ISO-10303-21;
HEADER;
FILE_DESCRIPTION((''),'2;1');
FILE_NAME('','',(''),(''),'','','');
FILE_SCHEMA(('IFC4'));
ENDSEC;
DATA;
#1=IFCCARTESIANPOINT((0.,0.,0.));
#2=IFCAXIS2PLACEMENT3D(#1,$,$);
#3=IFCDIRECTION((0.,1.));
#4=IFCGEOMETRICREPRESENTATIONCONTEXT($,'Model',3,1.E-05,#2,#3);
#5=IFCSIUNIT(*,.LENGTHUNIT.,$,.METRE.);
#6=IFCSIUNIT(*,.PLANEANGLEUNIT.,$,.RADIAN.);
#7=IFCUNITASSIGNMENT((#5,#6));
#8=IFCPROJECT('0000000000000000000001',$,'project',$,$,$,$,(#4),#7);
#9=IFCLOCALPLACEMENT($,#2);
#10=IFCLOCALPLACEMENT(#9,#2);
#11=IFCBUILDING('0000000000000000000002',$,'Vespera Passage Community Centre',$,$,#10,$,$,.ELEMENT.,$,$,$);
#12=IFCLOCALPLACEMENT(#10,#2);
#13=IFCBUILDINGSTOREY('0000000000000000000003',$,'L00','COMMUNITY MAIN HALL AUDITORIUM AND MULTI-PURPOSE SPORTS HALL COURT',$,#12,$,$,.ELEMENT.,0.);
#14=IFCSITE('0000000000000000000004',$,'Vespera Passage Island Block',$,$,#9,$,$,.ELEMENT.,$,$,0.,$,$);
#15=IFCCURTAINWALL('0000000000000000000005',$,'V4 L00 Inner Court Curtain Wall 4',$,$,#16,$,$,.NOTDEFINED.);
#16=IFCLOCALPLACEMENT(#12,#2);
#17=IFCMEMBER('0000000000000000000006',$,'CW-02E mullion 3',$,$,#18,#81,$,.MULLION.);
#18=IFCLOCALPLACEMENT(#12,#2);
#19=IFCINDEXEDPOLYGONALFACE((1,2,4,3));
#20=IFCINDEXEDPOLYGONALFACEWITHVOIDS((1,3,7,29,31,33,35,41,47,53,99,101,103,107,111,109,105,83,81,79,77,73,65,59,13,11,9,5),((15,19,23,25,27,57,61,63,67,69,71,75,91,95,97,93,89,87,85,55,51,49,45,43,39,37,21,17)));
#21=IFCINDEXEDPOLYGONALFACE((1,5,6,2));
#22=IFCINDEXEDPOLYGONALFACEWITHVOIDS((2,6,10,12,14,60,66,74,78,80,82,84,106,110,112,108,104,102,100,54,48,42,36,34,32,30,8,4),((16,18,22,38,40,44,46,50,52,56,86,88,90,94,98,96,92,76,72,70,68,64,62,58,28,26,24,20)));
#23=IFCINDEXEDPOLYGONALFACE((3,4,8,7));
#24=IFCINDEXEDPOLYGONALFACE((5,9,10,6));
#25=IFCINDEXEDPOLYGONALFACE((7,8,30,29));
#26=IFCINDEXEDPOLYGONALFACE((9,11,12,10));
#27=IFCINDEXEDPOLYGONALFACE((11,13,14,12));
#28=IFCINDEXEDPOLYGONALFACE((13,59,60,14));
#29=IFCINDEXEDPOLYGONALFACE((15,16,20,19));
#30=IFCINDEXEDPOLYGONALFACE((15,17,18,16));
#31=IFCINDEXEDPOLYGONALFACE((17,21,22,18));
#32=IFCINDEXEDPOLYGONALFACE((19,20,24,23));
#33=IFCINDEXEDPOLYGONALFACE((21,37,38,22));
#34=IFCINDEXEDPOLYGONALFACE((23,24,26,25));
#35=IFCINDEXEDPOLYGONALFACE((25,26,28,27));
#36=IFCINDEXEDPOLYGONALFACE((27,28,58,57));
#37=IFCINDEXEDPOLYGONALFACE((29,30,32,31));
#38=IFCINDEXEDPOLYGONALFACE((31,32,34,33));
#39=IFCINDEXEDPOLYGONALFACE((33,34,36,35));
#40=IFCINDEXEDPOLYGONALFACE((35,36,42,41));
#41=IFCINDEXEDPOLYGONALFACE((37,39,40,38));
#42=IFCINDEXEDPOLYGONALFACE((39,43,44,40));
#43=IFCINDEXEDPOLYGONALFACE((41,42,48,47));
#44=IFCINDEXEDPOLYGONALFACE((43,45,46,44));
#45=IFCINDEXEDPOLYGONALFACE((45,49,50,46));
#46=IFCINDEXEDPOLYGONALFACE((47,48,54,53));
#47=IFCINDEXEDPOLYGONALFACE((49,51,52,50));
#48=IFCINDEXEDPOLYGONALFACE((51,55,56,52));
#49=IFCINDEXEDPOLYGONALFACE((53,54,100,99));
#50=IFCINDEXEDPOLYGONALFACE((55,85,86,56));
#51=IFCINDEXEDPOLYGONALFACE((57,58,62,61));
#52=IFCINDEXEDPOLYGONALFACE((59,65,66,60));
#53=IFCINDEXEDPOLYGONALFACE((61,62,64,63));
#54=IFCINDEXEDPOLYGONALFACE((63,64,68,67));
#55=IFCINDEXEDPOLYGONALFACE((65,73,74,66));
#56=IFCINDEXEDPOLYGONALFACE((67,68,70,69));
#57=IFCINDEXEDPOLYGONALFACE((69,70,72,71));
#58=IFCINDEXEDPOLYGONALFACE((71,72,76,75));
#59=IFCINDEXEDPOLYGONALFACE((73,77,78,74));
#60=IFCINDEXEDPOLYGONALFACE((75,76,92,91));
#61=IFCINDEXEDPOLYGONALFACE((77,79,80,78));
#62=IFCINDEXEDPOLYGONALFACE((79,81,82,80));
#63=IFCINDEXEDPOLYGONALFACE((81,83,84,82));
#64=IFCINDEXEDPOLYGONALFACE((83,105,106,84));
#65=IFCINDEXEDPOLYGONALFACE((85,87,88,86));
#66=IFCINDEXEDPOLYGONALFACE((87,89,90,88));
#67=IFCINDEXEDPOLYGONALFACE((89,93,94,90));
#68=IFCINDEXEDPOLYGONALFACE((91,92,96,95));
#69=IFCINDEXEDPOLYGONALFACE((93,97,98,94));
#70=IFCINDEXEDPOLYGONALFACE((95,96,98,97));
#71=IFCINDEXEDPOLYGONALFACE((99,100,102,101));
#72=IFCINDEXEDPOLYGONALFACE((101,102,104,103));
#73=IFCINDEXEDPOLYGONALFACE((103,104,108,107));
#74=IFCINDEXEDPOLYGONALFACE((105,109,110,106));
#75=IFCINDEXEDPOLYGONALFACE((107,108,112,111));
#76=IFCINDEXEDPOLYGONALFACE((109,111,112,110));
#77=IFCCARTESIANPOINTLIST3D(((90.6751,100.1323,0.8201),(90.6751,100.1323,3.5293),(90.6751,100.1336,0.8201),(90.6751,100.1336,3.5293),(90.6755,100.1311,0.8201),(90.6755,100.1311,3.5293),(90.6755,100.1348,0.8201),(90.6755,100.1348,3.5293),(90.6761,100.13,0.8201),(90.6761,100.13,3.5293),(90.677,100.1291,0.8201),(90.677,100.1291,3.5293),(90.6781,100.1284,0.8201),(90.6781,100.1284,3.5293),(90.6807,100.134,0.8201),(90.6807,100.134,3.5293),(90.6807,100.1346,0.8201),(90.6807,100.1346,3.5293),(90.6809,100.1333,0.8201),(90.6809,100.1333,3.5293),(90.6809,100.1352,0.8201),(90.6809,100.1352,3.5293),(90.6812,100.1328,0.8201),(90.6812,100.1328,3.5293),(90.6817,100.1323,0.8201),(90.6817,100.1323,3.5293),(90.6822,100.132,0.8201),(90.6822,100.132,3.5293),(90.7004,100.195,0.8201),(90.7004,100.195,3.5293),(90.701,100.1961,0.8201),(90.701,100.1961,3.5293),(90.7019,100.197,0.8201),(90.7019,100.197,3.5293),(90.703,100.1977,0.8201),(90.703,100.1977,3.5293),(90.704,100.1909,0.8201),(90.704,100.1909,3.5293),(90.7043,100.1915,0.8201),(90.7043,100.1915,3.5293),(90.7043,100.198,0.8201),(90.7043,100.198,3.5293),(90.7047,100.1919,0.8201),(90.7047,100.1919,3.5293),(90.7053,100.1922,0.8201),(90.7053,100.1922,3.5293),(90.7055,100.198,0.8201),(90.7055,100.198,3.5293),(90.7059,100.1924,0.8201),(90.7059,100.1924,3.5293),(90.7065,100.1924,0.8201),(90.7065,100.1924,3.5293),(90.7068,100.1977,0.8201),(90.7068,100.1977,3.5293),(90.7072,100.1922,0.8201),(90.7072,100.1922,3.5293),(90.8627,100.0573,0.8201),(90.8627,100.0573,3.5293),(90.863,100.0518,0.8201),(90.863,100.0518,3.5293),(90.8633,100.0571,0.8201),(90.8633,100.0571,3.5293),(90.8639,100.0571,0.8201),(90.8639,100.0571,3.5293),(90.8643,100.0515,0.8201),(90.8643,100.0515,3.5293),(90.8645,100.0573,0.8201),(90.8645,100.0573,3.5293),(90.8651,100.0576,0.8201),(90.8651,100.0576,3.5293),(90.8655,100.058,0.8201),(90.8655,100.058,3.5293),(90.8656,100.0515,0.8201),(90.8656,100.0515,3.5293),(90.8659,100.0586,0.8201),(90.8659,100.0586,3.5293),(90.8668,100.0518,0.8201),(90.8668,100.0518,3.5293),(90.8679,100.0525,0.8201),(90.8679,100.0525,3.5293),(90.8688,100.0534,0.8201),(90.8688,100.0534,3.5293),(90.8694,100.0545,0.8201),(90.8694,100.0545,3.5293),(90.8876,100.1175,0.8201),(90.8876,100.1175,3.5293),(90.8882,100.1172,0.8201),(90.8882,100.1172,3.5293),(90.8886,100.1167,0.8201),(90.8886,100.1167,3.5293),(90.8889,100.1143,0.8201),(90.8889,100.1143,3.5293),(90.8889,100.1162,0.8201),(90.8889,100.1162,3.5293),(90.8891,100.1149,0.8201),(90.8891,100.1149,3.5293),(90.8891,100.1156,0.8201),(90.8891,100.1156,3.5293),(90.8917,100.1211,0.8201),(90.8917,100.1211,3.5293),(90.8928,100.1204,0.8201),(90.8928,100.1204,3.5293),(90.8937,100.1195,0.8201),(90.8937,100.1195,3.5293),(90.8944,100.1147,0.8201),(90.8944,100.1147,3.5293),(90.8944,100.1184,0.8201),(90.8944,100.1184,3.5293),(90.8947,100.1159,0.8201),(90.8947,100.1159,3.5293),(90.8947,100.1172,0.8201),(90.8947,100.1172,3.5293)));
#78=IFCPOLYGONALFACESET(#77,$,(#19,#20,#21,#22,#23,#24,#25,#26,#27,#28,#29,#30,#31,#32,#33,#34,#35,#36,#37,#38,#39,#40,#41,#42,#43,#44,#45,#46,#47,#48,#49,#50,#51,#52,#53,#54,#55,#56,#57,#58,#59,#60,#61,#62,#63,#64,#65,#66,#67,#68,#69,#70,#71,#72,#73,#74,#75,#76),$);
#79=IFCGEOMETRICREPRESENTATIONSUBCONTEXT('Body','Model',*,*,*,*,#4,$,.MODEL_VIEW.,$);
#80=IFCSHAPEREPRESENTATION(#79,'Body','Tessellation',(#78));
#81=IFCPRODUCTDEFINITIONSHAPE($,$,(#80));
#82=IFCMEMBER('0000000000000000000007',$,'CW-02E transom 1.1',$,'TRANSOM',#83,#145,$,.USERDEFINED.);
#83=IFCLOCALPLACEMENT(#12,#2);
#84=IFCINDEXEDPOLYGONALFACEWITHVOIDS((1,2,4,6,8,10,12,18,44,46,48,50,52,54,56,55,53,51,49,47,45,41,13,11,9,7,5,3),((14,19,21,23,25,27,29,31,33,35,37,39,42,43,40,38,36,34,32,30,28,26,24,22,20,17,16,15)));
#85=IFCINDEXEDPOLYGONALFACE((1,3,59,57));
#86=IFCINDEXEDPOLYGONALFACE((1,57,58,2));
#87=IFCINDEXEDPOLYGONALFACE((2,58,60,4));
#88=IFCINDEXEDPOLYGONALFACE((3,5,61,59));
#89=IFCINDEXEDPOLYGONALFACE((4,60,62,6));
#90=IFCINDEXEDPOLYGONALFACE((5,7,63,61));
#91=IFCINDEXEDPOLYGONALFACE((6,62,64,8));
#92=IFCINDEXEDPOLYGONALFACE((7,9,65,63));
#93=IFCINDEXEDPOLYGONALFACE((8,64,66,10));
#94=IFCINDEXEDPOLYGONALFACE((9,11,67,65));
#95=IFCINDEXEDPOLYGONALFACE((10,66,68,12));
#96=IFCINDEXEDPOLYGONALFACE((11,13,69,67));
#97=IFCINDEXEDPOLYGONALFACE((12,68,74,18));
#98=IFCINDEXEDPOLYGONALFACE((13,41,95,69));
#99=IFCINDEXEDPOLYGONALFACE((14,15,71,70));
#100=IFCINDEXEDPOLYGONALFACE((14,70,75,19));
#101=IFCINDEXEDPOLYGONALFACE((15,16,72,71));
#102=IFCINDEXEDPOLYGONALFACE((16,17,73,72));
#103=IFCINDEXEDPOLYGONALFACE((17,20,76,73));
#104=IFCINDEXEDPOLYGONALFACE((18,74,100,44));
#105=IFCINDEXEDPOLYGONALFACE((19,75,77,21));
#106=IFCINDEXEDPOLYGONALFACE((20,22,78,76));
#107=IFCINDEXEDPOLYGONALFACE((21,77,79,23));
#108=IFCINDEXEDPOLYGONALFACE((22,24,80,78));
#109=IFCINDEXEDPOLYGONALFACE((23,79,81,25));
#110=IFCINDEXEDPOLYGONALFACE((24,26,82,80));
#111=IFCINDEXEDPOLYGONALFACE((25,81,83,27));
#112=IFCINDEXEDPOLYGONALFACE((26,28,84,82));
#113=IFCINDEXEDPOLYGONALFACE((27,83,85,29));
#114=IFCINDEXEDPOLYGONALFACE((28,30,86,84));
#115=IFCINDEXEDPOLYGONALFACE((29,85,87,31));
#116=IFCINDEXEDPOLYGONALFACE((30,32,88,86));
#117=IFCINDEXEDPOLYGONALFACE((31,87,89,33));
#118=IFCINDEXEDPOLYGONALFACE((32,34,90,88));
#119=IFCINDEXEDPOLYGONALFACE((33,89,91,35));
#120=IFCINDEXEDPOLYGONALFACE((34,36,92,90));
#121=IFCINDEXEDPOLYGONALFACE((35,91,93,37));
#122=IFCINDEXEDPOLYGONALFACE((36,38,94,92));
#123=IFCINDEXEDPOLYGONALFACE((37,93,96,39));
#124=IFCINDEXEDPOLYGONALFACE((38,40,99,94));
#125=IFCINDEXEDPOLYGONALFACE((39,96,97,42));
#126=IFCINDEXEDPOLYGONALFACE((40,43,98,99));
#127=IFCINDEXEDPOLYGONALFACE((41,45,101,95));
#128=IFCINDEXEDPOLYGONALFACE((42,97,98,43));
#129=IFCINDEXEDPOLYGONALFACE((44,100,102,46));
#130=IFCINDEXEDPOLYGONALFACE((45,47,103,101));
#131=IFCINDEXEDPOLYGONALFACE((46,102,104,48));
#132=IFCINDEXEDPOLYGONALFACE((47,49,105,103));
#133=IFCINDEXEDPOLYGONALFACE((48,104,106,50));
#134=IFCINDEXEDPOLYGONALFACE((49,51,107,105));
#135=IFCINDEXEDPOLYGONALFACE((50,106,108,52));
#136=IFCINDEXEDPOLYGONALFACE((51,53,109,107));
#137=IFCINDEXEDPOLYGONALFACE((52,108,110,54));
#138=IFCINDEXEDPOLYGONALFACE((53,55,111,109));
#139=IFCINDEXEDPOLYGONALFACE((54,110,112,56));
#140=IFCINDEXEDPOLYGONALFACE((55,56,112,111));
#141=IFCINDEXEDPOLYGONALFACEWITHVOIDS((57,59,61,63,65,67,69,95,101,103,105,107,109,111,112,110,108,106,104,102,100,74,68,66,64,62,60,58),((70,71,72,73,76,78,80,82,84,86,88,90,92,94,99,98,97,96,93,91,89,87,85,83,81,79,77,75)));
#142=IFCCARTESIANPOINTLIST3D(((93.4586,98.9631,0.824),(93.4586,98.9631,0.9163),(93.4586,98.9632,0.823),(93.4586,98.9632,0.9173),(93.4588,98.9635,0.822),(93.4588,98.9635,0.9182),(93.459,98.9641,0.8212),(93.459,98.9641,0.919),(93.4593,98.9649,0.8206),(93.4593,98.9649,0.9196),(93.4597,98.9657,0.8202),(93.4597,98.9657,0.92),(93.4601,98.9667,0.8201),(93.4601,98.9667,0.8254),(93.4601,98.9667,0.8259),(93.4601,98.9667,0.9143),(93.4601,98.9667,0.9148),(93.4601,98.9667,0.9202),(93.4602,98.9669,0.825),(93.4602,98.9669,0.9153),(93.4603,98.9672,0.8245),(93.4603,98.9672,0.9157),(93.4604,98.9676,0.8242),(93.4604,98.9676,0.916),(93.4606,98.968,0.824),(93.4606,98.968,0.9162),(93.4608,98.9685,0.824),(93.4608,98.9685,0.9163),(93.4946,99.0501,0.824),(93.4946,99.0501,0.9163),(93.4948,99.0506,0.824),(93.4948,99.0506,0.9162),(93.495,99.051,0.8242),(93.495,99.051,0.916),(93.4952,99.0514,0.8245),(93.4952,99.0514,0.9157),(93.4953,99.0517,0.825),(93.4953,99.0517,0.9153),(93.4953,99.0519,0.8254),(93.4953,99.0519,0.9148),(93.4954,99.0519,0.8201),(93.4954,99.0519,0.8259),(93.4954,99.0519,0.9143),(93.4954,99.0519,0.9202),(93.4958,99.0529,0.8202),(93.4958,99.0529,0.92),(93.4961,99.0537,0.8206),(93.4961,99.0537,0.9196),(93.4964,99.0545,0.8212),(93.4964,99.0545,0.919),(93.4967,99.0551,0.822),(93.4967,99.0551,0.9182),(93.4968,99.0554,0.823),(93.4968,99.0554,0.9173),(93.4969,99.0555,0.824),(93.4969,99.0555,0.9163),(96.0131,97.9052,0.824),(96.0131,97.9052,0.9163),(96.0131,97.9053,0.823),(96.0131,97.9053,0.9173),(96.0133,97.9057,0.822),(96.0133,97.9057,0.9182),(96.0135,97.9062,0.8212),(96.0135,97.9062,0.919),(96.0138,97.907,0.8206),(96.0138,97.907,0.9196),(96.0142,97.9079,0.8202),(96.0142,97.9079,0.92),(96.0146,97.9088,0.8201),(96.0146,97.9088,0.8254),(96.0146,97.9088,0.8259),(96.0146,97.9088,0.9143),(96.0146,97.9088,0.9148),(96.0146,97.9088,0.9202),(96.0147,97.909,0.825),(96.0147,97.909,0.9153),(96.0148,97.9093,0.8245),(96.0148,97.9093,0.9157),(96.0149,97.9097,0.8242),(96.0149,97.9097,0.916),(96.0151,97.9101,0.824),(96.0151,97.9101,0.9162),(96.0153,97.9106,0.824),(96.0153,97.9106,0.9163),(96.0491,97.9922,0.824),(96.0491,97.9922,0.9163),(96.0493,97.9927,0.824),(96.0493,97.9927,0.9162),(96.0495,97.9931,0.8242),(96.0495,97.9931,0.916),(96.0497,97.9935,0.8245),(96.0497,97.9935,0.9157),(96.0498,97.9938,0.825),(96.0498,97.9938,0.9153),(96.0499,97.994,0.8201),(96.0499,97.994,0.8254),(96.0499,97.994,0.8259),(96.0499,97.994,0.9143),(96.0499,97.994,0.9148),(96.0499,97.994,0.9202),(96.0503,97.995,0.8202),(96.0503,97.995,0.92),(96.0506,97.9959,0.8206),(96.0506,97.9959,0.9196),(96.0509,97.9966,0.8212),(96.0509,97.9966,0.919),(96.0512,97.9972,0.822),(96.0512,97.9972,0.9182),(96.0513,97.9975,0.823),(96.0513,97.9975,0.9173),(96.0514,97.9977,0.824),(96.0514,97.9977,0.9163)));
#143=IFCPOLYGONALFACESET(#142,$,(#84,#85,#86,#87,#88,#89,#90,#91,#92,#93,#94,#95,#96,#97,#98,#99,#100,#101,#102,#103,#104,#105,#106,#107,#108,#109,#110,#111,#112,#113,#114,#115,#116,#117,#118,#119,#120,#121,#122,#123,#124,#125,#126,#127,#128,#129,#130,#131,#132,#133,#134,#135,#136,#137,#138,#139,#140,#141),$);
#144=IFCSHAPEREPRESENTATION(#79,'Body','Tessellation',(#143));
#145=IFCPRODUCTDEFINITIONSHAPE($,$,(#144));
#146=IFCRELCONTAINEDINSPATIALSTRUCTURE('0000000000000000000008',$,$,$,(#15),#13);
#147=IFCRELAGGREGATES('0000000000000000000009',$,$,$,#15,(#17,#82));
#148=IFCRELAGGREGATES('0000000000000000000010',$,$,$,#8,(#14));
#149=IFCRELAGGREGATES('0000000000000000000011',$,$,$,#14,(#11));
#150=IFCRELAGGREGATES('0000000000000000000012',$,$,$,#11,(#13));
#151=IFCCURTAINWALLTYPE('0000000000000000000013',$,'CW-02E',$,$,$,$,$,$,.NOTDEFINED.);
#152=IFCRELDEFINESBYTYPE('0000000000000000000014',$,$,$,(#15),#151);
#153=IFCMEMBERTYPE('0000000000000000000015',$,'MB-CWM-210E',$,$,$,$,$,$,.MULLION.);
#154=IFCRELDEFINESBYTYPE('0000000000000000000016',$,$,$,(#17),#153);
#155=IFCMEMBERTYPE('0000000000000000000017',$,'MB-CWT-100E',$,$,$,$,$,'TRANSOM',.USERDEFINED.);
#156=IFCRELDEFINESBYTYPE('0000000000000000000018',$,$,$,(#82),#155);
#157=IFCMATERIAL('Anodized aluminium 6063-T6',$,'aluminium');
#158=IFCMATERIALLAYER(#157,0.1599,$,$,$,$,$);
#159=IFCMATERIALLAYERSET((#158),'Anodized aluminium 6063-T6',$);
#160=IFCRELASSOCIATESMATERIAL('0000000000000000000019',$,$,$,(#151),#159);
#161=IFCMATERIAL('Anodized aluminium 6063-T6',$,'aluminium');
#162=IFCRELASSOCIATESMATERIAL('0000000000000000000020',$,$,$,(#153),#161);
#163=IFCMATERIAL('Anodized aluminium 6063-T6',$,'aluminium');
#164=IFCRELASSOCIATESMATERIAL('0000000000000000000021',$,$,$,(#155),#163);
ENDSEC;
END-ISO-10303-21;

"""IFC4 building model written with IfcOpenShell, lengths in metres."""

from ifc_helpers import new_model, si_unit, direction, frame, origin, origin_2d, place, context, subcontext, project, spatial, hollow_rectangle, extrude, material, layer, layer_set, material_profile, profile_set, type_object, element, aggregate, save


model = new_model("IFC4")

# Units and contexts
model_context = context("Model", 3, precision=1e-05, world=origin(), true_north=direction((0.0, 1.0)))
body_context = subcontext(model_context, "Body", "Model", "MODEL_VIEW")
ifc_project = project(units=[si_unit("LENGTHUNIT", "METRE"), si_unit("PLANEANGLEUNIT", "RADIAN")], contexts=[model_context])

# Site, building, storey
site_placement = place(None, origin())
site = spatial("IfcSite", under=ifc_project, at=site_placement, Name="Vespera Passage Island Block", CompositionType="ELEMENT", RefElevation=0.0)
building_placement = place(site_placement, origin())
building = spatial("IfcBuilding", under=site, at=building_placement, Name="Vespera Passage Community Centre", CompositionType="ELEMENT")
storey_placement = place(building_placement, origin())
storey = spatial("IfcBuildingStorey", under=building, at=storey_placement, Name="L00", Description="COMMUNITY MAIN HALL AUDITORIUM AND MULTI-PURPOSE SPORTS HALL COURT", CompositionType="ELEMENT", Elevation=0.0)

# Curtain wall, members
ifc_material_1 = material(Name="Anodized aluminium 6063-T6", Category="aluminium")
ifc_layer_1 = layer(ifc_material_1, 0.1599)
ifc_layer_set_1 = layer_set([ifc_layer_1], Name="Anodized aluminium 6063-T6")
curtain_wall_type_1 = type_object("IfcCurtainWallType", Name="CW-02E", PredefinedType="NOTDEFINED", material=ifc_layer_set_1)
curtain_wall_1_placement = place(storey_placement, origin())
curtain_wall_1 = element("IfcCurtainWall", 1, at=curtain_wall_1_placement, inside=storey, type_object=curtain_wall_type_1, Name="V4 L00 Inner Court Curtain Wall 4", PredefinedType="NOTDEFINED")
ifc_material_2 = material(Name="Anodized aluminium 6063-T6", Category="aluminium")
ifc_material_profile_1 = material_profile(ifc_material_2, hollow_rectangle(XDim=0.075, YDim=0.21, WallThickness=0.0049, InnerFilletRadius=0.0024, OuterFilletRadius=0.0049, at=origin_2d()), Name="ALU210X75X5")
ifc_profile_set_1 = profile_set([ifc_material_profile_1], Name="Anodized aluminium 6063-T6")
member_type_1 = type_object("IfcMemberType", Name="MB-CWM-210E", PredefinedType="MULLION", material=ifc_profile_set_1)
member_1_placement = place(storey_placement, frame((90.7849, 100.1248, 0.8201), z_axis=(0.0, 0.0, 1.0), x_axis=(-0.38269, -0.923877, 0.0)))
member_1 = element("IfcMember", 2, at=member_1_placement, type_object=member_type_1, Name="CW-02E mullion 3", PredefinedType="MULLION", context=body_context, shape_type="SweptSolid", body=[
    extrude(hollow_rectangle(XDim=0.075, YDim=0.21, WallThickness=0.0049, InnerFilletRadius=0.0024, OuterFilletRadius=0.0049, at=origin_2d()), origin(), (0.0, 0.0, 1.0), 2.7092),
])
ifc_material_3 = material(Name="Anodized aluminium 6063-T6", Category="aluminium")
ifc_material_profile_2 = material_profile(ifc_material_3, hollow_rectangle(XDim=0.1001, YDim=0.1001, WallThickness=0.0039, InnerFilletRadius=0.002, OuterFilletRadius=0.0039, at=origin_2d()), Name="ALU100X100X4")
ifc_profile_set_2 = profile_set([ifc_material_profile_2], Name="Anodized aluminium 6063-T6")
member_type_2 = type_object("IfcMemberType", Name="MB-CWT-100E", ElementType="TRANSOM", PredefinedType="USERDEFINED", material=ifc_profile_set_2)
member_2_placement = place(storey_placement, frame((96.0322, 97.9514, 0.8701), z_axis=(-0.923908, 0.382614, 0.0), x_axis=(-0.382614, -0.923908, 0.0)))
member_2 = element("IfcMember", 3, at=member_2_placement, type_object=member_type_2, Name="CW-02E transom 1.1", ObjectType="TRANSOM", PredefinedType="USERDEFINED", context=body_context, shape_type="SweptSolid", body=[
    extrude(hollow_rectangle(XDim=0.1001, YDim=0.1001, WallThickness=0.0039, InnerFilletRadius=0.002, OuterFilletRadius=0.0039, at=origin_2d()), origin(), (0.0, 0.0, 1.0), 2.7649),
])

aggregate(curtain_wall_1, [member_1, member_2])

save(model, "model.ifc")
